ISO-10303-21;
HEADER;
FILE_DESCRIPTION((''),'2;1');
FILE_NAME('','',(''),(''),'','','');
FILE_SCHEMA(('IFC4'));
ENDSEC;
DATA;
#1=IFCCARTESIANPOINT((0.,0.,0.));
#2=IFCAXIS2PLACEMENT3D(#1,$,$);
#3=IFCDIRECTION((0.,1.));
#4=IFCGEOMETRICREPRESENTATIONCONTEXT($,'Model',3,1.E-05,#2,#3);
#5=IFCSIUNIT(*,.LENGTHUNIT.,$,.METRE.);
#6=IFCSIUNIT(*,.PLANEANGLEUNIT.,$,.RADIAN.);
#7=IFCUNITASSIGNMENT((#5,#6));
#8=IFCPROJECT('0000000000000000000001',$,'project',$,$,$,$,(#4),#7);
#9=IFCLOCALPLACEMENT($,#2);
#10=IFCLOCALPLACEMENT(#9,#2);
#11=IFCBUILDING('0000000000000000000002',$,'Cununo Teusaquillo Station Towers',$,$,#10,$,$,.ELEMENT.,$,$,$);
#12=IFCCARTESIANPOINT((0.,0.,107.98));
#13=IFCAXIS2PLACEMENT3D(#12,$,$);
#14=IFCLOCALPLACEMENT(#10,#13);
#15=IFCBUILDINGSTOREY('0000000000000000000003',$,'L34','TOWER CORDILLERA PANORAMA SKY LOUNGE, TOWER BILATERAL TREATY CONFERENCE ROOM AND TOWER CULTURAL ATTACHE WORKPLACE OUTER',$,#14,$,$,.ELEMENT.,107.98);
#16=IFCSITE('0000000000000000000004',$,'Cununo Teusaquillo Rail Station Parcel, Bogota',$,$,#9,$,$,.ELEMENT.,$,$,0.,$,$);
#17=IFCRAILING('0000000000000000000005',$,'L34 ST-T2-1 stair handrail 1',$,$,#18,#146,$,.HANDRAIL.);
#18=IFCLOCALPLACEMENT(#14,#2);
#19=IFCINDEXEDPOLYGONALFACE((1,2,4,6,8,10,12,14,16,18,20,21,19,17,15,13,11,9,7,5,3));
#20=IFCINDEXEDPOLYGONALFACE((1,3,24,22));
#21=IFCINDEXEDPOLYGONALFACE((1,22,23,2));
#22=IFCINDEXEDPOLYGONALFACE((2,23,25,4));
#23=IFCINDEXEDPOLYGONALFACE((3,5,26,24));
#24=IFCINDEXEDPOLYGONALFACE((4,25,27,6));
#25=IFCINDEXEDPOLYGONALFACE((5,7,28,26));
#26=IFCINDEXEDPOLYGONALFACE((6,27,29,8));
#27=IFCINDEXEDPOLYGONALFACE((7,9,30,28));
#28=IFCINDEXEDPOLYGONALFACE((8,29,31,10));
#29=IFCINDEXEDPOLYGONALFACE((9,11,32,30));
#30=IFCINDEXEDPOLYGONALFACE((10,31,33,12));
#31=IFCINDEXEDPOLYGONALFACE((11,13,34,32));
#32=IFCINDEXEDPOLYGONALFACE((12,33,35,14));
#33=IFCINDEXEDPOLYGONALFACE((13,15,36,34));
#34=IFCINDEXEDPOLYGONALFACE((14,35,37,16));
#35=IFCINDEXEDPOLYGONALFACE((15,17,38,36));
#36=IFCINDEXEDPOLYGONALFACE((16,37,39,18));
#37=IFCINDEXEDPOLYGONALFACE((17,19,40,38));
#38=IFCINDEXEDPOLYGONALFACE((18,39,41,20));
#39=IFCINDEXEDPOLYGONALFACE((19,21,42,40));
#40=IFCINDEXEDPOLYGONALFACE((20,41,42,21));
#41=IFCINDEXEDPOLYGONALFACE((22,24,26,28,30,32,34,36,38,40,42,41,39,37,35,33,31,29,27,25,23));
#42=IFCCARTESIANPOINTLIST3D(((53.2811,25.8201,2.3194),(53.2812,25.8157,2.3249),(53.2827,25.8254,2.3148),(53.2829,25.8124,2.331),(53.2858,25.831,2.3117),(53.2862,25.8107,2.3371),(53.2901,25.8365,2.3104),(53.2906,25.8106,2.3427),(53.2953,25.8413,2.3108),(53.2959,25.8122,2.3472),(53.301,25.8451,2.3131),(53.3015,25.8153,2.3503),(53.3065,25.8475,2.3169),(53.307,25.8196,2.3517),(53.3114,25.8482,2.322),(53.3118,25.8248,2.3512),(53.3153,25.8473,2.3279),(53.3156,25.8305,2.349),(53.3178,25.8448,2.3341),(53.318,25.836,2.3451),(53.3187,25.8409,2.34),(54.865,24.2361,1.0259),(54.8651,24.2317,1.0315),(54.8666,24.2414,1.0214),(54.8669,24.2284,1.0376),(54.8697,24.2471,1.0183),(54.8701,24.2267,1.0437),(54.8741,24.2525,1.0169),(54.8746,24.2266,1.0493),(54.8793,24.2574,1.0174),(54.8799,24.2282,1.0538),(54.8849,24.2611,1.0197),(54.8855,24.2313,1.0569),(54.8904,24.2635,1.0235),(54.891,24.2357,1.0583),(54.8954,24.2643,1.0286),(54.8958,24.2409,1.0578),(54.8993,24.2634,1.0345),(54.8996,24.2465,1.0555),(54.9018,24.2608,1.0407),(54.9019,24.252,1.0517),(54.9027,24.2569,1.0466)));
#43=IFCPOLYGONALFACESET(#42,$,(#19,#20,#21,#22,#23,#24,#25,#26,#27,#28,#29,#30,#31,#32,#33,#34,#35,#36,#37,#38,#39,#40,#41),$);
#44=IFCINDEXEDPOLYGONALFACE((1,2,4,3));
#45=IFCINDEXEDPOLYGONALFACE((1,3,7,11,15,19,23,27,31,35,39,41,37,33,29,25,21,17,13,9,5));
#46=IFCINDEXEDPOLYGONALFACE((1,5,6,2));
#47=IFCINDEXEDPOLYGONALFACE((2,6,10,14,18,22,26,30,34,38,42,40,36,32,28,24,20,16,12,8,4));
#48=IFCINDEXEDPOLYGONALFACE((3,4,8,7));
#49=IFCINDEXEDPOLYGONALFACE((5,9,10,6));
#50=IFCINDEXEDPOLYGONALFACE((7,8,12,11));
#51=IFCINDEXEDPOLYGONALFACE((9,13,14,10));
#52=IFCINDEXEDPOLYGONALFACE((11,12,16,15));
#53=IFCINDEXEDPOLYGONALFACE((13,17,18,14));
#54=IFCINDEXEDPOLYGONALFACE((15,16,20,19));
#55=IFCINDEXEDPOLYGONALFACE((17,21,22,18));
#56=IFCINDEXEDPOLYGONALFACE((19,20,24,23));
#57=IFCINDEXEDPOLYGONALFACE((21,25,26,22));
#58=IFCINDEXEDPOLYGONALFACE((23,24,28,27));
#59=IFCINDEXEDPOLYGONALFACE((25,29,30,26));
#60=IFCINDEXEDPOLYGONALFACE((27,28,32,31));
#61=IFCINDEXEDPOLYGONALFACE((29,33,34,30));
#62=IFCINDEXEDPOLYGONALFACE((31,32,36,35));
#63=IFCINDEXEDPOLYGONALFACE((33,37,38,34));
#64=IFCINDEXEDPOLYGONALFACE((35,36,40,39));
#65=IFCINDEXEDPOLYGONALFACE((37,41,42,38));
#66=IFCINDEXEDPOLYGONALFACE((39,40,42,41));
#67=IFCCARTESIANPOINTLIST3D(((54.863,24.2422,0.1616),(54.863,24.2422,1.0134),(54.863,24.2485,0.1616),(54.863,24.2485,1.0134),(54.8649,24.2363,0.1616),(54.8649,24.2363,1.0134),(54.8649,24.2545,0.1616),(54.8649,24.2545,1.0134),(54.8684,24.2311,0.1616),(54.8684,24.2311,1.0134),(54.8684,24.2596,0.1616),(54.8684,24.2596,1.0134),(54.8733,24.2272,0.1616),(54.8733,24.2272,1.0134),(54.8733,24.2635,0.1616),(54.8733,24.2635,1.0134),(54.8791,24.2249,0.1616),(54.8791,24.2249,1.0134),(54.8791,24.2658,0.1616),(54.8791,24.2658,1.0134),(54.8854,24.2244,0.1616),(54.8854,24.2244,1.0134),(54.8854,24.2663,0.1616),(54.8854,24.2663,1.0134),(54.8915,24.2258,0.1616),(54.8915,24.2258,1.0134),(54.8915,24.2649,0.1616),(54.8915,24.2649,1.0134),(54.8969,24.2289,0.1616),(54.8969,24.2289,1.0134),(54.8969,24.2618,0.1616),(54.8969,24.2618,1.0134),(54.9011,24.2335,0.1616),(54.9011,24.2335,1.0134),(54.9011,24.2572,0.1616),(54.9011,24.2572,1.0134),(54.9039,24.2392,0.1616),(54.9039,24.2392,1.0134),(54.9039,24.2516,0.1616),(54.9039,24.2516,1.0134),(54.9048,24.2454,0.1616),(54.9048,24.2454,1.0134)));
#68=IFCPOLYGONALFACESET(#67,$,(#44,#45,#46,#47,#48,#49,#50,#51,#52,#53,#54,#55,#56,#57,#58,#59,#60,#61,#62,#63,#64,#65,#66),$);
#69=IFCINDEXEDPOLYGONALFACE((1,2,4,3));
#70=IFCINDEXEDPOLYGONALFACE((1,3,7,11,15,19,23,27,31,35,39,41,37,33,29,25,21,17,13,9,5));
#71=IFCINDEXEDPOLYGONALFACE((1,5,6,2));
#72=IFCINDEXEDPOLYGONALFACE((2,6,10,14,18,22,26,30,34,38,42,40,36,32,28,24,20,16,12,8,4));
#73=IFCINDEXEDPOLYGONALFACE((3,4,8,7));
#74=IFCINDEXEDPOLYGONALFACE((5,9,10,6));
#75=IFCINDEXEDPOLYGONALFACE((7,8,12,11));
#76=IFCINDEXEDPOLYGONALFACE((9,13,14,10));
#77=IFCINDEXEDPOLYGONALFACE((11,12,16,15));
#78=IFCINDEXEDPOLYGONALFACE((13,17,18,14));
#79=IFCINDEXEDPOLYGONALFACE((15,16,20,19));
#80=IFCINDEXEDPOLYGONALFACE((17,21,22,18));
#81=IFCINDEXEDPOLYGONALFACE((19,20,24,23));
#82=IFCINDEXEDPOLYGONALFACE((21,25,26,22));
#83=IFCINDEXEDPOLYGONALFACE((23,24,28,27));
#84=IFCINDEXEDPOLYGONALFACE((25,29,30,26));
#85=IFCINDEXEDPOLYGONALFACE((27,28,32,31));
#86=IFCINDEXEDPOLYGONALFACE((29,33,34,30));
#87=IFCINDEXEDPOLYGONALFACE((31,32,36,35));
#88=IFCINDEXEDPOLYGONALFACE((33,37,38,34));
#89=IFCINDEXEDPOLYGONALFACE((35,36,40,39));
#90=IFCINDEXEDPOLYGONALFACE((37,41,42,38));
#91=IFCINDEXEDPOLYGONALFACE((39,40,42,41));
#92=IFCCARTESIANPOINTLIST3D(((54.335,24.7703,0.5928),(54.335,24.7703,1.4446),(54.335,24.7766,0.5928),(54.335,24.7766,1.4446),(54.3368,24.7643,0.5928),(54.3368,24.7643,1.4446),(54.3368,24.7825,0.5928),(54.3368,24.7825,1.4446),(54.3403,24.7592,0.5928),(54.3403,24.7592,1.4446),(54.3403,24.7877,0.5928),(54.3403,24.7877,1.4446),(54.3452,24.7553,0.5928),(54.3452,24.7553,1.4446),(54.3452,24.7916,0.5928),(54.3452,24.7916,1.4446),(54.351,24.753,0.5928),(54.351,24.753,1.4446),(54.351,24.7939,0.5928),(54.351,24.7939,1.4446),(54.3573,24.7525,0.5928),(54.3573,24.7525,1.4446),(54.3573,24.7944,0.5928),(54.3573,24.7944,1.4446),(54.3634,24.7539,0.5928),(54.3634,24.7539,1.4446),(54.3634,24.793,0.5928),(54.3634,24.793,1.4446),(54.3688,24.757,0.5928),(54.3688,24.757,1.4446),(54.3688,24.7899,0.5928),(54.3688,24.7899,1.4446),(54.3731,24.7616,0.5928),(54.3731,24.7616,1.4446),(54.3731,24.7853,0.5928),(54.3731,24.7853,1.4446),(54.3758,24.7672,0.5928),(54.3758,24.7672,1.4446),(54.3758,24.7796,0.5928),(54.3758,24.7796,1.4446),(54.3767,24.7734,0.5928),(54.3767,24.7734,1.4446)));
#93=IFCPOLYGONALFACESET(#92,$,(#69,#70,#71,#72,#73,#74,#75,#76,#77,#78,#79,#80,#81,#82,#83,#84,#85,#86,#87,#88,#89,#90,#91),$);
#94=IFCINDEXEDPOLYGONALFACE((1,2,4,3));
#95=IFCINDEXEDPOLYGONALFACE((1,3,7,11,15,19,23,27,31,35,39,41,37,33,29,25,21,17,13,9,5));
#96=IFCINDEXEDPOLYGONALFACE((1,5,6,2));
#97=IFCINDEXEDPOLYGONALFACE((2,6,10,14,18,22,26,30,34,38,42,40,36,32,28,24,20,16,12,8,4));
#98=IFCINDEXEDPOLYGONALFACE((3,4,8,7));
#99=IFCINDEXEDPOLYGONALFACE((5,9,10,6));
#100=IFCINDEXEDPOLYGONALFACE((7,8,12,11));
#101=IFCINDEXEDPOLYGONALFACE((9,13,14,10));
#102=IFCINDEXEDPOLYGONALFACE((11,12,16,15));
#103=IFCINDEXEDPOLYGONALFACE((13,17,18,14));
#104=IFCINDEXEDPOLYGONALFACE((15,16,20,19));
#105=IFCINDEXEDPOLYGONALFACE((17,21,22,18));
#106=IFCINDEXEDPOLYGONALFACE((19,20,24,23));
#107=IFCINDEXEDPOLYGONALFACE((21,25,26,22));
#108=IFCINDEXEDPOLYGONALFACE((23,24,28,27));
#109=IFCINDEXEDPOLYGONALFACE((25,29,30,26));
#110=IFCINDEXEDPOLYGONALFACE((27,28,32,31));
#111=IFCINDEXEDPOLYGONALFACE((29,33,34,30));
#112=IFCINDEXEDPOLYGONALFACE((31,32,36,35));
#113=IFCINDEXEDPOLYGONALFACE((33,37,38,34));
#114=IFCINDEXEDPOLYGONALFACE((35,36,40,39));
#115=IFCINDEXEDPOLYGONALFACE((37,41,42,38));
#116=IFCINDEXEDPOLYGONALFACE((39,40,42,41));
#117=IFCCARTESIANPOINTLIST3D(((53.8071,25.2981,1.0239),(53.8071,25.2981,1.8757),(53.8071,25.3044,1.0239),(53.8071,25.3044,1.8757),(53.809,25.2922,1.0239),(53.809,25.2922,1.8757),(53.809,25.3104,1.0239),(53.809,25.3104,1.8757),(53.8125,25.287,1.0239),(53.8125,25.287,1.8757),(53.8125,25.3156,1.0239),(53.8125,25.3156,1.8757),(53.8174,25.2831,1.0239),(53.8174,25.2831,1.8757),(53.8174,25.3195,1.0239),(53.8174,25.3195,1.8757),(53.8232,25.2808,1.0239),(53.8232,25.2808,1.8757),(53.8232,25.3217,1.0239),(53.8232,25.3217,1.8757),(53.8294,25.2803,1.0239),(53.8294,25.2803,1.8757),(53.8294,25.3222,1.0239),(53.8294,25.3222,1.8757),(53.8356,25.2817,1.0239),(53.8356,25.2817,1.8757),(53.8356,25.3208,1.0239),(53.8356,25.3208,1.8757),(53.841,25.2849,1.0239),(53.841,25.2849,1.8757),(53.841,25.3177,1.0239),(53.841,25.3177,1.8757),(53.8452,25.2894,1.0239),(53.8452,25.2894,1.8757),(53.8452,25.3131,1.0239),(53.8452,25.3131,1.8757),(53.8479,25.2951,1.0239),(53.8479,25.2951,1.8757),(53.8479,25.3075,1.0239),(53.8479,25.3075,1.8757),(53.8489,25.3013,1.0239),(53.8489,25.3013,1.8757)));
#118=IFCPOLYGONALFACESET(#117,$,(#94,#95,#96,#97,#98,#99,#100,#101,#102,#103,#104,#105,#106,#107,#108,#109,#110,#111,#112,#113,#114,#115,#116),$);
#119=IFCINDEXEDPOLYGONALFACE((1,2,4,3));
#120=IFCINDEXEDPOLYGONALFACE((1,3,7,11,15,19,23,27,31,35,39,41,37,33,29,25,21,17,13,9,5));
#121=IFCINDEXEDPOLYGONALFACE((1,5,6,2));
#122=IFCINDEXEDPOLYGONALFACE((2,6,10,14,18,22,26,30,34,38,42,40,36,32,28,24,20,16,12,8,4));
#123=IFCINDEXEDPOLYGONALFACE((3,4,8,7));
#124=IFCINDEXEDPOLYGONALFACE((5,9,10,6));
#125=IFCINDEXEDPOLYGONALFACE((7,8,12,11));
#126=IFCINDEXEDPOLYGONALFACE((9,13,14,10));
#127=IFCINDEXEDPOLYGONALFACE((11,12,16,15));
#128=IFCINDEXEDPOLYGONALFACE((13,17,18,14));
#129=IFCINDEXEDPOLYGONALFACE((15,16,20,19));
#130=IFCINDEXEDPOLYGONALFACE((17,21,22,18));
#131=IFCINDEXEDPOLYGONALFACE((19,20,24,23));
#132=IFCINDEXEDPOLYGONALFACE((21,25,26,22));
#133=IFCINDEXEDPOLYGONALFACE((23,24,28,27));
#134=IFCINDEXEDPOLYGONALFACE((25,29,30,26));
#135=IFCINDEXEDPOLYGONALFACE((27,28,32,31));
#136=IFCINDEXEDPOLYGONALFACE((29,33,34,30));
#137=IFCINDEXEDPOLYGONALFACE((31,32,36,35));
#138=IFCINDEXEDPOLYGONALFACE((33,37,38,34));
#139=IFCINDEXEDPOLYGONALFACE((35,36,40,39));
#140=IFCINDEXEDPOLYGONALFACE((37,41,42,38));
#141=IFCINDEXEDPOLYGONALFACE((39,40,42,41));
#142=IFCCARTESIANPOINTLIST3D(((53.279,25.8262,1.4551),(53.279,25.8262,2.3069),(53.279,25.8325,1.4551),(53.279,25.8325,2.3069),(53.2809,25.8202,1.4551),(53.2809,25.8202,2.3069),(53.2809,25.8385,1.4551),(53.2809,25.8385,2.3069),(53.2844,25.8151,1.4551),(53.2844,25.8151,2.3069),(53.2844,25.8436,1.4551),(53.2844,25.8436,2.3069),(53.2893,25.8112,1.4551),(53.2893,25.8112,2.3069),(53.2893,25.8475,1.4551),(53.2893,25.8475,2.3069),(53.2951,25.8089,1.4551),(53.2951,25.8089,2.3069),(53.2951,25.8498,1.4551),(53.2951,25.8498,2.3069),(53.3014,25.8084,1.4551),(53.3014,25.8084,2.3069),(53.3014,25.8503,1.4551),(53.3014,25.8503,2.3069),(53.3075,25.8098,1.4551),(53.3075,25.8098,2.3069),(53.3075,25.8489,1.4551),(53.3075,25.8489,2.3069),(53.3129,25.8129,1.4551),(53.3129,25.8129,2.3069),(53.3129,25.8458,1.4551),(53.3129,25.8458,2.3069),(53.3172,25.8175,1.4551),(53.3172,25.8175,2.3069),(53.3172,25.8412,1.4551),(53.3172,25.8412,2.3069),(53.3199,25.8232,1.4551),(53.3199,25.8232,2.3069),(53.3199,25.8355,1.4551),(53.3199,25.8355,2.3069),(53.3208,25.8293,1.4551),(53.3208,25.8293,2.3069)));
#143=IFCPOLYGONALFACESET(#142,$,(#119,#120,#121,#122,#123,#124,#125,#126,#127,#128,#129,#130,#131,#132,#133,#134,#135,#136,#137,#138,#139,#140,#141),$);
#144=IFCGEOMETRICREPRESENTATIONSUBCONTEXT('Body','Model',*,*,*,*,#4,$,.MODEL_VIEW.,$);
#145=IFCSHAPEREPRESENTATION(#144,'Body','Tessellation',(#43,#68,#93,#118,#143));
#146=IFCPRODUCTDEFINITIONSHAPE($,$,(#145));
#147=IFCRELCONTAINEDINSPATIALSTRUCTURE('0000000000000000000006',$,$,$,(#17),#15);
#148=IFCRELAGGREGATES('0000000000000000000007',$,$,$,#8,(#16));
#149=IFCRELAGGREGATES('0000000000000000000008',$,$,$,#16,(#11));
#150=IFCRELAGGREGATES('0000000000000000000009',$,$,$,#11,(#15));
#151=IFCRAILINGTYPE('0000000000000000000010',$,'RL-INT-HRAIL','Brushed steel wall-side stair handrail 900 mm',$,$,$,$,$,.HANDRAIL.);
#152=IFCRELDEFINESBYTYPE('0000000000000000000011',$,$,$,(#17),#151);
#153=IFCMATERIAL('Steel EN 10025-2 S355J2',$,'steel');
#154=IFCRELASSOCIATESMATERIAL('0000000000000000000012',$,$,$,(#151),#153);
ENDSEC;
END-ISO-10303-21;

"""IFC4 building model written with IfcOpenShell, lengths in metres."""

from ifc_helpers import new_model, si_unit, direction, frame, origin, origin_2d, place, context, subcontext, project, spatial, circle, extrude, material, type_object, element, save


model = new_model("IFC4")

# Units and contexts
model_context = context("Model", 3, precision=1e-05, world=origin(), true_north=direction((0.0, 1.0)))
body_context = subcontext(model_context, "Body", "Model", "MODEL_VIEW")
ifc_project = project(units=[si_unit("LENGTHUNIT", "METRE"), si_unit("PLANEANGLEUNIT", "RADIAN")], contexts=[model_context])

# Site, building, storey
site_placement = place(None, origin())
site = spatial("IfcSite", under=ifc_project, at=site_placement, Name="Cununo Teusaquillo Rail Station Parcel, Bogota", CompositionType="ELEMENT", RefElevation=0.0)
building_placement = place(site_placement, origin())
building = spatial("IfcBuilding", under=site, at=building_placement, Name="Cununo Teusaquillo Station Towers", CompositionType="ELEMENT")
storey_placement = place(building_placement, frame((0.0, 0.0, 107.98)))
storey = spatial("IfcBuildingStorey", under=building, at=storey_placement, Name="L34", Description="TOWER CORDILLERA PANORAMA SKY LOUNGE, TOWER BILATERAL TREATY CONFERENCE ROOM AND TOWER CULTURAL ATTACHE WORKPLACE OUTER", CompositionType="ELEMENT", Elevation=107.98)

# Railing
ifc_material_1 = material(Name="Steel EN 10025-2 S355J2", Category="steel")
railing_type_1 = type_object("IfcRailingType", Name="RL-INT-HRAIL", Description="Brushed steel wall-side stair handrail 900 mm", PredefinedType="HANDRAIL", material=ifc_material_1)
railing_1_placement = place(storey_placement, frame((54.8838, 24.2454, 0.1616)))
element("IfcRailing", 1, at=railing_1_placement, inside=storey, type_object=railing_type_1, Name="L34 ST-T2-1 stair handrail 1", PredefinedType="HANDRAIL", context=body_context, shape_type="SweptSolid", body=[
    extrude(circle(Radius=0.0239, at=origin_2d()), frame((0.0, 0.0, 0.876), z_axis=(-0.612356, 0.612356, 0.50004), x_axis=(-0.707107, -0.707107, 0.0)), (0.0, 0.0, 1.0), 2.5867),
    extrude(circle(Radius=0.021, at=origin_2d()), origin(), (0.0, 0.0, 1.0), 0.8518),
    extrude(circle(Radius=0.021, at=origin_2d()), frame((-0.5281, 0.5281, 0.4312)), (0.0, 0.0, 1.0), 0.8518),
    extrude(circle(Radius=0.021, at=origin_2d()), frame((-1.0559, 1.0559, 0.8623)), (0.0, 0.0, 1.0), 0.8518),
    extrude(circle(Radius=0.021, at=origin_2d()), frame((-1.584, 1.584, 1.2935)), (0.0, 0.0, 1.0), 0.8518),
])

save(model, "model.ifc")
